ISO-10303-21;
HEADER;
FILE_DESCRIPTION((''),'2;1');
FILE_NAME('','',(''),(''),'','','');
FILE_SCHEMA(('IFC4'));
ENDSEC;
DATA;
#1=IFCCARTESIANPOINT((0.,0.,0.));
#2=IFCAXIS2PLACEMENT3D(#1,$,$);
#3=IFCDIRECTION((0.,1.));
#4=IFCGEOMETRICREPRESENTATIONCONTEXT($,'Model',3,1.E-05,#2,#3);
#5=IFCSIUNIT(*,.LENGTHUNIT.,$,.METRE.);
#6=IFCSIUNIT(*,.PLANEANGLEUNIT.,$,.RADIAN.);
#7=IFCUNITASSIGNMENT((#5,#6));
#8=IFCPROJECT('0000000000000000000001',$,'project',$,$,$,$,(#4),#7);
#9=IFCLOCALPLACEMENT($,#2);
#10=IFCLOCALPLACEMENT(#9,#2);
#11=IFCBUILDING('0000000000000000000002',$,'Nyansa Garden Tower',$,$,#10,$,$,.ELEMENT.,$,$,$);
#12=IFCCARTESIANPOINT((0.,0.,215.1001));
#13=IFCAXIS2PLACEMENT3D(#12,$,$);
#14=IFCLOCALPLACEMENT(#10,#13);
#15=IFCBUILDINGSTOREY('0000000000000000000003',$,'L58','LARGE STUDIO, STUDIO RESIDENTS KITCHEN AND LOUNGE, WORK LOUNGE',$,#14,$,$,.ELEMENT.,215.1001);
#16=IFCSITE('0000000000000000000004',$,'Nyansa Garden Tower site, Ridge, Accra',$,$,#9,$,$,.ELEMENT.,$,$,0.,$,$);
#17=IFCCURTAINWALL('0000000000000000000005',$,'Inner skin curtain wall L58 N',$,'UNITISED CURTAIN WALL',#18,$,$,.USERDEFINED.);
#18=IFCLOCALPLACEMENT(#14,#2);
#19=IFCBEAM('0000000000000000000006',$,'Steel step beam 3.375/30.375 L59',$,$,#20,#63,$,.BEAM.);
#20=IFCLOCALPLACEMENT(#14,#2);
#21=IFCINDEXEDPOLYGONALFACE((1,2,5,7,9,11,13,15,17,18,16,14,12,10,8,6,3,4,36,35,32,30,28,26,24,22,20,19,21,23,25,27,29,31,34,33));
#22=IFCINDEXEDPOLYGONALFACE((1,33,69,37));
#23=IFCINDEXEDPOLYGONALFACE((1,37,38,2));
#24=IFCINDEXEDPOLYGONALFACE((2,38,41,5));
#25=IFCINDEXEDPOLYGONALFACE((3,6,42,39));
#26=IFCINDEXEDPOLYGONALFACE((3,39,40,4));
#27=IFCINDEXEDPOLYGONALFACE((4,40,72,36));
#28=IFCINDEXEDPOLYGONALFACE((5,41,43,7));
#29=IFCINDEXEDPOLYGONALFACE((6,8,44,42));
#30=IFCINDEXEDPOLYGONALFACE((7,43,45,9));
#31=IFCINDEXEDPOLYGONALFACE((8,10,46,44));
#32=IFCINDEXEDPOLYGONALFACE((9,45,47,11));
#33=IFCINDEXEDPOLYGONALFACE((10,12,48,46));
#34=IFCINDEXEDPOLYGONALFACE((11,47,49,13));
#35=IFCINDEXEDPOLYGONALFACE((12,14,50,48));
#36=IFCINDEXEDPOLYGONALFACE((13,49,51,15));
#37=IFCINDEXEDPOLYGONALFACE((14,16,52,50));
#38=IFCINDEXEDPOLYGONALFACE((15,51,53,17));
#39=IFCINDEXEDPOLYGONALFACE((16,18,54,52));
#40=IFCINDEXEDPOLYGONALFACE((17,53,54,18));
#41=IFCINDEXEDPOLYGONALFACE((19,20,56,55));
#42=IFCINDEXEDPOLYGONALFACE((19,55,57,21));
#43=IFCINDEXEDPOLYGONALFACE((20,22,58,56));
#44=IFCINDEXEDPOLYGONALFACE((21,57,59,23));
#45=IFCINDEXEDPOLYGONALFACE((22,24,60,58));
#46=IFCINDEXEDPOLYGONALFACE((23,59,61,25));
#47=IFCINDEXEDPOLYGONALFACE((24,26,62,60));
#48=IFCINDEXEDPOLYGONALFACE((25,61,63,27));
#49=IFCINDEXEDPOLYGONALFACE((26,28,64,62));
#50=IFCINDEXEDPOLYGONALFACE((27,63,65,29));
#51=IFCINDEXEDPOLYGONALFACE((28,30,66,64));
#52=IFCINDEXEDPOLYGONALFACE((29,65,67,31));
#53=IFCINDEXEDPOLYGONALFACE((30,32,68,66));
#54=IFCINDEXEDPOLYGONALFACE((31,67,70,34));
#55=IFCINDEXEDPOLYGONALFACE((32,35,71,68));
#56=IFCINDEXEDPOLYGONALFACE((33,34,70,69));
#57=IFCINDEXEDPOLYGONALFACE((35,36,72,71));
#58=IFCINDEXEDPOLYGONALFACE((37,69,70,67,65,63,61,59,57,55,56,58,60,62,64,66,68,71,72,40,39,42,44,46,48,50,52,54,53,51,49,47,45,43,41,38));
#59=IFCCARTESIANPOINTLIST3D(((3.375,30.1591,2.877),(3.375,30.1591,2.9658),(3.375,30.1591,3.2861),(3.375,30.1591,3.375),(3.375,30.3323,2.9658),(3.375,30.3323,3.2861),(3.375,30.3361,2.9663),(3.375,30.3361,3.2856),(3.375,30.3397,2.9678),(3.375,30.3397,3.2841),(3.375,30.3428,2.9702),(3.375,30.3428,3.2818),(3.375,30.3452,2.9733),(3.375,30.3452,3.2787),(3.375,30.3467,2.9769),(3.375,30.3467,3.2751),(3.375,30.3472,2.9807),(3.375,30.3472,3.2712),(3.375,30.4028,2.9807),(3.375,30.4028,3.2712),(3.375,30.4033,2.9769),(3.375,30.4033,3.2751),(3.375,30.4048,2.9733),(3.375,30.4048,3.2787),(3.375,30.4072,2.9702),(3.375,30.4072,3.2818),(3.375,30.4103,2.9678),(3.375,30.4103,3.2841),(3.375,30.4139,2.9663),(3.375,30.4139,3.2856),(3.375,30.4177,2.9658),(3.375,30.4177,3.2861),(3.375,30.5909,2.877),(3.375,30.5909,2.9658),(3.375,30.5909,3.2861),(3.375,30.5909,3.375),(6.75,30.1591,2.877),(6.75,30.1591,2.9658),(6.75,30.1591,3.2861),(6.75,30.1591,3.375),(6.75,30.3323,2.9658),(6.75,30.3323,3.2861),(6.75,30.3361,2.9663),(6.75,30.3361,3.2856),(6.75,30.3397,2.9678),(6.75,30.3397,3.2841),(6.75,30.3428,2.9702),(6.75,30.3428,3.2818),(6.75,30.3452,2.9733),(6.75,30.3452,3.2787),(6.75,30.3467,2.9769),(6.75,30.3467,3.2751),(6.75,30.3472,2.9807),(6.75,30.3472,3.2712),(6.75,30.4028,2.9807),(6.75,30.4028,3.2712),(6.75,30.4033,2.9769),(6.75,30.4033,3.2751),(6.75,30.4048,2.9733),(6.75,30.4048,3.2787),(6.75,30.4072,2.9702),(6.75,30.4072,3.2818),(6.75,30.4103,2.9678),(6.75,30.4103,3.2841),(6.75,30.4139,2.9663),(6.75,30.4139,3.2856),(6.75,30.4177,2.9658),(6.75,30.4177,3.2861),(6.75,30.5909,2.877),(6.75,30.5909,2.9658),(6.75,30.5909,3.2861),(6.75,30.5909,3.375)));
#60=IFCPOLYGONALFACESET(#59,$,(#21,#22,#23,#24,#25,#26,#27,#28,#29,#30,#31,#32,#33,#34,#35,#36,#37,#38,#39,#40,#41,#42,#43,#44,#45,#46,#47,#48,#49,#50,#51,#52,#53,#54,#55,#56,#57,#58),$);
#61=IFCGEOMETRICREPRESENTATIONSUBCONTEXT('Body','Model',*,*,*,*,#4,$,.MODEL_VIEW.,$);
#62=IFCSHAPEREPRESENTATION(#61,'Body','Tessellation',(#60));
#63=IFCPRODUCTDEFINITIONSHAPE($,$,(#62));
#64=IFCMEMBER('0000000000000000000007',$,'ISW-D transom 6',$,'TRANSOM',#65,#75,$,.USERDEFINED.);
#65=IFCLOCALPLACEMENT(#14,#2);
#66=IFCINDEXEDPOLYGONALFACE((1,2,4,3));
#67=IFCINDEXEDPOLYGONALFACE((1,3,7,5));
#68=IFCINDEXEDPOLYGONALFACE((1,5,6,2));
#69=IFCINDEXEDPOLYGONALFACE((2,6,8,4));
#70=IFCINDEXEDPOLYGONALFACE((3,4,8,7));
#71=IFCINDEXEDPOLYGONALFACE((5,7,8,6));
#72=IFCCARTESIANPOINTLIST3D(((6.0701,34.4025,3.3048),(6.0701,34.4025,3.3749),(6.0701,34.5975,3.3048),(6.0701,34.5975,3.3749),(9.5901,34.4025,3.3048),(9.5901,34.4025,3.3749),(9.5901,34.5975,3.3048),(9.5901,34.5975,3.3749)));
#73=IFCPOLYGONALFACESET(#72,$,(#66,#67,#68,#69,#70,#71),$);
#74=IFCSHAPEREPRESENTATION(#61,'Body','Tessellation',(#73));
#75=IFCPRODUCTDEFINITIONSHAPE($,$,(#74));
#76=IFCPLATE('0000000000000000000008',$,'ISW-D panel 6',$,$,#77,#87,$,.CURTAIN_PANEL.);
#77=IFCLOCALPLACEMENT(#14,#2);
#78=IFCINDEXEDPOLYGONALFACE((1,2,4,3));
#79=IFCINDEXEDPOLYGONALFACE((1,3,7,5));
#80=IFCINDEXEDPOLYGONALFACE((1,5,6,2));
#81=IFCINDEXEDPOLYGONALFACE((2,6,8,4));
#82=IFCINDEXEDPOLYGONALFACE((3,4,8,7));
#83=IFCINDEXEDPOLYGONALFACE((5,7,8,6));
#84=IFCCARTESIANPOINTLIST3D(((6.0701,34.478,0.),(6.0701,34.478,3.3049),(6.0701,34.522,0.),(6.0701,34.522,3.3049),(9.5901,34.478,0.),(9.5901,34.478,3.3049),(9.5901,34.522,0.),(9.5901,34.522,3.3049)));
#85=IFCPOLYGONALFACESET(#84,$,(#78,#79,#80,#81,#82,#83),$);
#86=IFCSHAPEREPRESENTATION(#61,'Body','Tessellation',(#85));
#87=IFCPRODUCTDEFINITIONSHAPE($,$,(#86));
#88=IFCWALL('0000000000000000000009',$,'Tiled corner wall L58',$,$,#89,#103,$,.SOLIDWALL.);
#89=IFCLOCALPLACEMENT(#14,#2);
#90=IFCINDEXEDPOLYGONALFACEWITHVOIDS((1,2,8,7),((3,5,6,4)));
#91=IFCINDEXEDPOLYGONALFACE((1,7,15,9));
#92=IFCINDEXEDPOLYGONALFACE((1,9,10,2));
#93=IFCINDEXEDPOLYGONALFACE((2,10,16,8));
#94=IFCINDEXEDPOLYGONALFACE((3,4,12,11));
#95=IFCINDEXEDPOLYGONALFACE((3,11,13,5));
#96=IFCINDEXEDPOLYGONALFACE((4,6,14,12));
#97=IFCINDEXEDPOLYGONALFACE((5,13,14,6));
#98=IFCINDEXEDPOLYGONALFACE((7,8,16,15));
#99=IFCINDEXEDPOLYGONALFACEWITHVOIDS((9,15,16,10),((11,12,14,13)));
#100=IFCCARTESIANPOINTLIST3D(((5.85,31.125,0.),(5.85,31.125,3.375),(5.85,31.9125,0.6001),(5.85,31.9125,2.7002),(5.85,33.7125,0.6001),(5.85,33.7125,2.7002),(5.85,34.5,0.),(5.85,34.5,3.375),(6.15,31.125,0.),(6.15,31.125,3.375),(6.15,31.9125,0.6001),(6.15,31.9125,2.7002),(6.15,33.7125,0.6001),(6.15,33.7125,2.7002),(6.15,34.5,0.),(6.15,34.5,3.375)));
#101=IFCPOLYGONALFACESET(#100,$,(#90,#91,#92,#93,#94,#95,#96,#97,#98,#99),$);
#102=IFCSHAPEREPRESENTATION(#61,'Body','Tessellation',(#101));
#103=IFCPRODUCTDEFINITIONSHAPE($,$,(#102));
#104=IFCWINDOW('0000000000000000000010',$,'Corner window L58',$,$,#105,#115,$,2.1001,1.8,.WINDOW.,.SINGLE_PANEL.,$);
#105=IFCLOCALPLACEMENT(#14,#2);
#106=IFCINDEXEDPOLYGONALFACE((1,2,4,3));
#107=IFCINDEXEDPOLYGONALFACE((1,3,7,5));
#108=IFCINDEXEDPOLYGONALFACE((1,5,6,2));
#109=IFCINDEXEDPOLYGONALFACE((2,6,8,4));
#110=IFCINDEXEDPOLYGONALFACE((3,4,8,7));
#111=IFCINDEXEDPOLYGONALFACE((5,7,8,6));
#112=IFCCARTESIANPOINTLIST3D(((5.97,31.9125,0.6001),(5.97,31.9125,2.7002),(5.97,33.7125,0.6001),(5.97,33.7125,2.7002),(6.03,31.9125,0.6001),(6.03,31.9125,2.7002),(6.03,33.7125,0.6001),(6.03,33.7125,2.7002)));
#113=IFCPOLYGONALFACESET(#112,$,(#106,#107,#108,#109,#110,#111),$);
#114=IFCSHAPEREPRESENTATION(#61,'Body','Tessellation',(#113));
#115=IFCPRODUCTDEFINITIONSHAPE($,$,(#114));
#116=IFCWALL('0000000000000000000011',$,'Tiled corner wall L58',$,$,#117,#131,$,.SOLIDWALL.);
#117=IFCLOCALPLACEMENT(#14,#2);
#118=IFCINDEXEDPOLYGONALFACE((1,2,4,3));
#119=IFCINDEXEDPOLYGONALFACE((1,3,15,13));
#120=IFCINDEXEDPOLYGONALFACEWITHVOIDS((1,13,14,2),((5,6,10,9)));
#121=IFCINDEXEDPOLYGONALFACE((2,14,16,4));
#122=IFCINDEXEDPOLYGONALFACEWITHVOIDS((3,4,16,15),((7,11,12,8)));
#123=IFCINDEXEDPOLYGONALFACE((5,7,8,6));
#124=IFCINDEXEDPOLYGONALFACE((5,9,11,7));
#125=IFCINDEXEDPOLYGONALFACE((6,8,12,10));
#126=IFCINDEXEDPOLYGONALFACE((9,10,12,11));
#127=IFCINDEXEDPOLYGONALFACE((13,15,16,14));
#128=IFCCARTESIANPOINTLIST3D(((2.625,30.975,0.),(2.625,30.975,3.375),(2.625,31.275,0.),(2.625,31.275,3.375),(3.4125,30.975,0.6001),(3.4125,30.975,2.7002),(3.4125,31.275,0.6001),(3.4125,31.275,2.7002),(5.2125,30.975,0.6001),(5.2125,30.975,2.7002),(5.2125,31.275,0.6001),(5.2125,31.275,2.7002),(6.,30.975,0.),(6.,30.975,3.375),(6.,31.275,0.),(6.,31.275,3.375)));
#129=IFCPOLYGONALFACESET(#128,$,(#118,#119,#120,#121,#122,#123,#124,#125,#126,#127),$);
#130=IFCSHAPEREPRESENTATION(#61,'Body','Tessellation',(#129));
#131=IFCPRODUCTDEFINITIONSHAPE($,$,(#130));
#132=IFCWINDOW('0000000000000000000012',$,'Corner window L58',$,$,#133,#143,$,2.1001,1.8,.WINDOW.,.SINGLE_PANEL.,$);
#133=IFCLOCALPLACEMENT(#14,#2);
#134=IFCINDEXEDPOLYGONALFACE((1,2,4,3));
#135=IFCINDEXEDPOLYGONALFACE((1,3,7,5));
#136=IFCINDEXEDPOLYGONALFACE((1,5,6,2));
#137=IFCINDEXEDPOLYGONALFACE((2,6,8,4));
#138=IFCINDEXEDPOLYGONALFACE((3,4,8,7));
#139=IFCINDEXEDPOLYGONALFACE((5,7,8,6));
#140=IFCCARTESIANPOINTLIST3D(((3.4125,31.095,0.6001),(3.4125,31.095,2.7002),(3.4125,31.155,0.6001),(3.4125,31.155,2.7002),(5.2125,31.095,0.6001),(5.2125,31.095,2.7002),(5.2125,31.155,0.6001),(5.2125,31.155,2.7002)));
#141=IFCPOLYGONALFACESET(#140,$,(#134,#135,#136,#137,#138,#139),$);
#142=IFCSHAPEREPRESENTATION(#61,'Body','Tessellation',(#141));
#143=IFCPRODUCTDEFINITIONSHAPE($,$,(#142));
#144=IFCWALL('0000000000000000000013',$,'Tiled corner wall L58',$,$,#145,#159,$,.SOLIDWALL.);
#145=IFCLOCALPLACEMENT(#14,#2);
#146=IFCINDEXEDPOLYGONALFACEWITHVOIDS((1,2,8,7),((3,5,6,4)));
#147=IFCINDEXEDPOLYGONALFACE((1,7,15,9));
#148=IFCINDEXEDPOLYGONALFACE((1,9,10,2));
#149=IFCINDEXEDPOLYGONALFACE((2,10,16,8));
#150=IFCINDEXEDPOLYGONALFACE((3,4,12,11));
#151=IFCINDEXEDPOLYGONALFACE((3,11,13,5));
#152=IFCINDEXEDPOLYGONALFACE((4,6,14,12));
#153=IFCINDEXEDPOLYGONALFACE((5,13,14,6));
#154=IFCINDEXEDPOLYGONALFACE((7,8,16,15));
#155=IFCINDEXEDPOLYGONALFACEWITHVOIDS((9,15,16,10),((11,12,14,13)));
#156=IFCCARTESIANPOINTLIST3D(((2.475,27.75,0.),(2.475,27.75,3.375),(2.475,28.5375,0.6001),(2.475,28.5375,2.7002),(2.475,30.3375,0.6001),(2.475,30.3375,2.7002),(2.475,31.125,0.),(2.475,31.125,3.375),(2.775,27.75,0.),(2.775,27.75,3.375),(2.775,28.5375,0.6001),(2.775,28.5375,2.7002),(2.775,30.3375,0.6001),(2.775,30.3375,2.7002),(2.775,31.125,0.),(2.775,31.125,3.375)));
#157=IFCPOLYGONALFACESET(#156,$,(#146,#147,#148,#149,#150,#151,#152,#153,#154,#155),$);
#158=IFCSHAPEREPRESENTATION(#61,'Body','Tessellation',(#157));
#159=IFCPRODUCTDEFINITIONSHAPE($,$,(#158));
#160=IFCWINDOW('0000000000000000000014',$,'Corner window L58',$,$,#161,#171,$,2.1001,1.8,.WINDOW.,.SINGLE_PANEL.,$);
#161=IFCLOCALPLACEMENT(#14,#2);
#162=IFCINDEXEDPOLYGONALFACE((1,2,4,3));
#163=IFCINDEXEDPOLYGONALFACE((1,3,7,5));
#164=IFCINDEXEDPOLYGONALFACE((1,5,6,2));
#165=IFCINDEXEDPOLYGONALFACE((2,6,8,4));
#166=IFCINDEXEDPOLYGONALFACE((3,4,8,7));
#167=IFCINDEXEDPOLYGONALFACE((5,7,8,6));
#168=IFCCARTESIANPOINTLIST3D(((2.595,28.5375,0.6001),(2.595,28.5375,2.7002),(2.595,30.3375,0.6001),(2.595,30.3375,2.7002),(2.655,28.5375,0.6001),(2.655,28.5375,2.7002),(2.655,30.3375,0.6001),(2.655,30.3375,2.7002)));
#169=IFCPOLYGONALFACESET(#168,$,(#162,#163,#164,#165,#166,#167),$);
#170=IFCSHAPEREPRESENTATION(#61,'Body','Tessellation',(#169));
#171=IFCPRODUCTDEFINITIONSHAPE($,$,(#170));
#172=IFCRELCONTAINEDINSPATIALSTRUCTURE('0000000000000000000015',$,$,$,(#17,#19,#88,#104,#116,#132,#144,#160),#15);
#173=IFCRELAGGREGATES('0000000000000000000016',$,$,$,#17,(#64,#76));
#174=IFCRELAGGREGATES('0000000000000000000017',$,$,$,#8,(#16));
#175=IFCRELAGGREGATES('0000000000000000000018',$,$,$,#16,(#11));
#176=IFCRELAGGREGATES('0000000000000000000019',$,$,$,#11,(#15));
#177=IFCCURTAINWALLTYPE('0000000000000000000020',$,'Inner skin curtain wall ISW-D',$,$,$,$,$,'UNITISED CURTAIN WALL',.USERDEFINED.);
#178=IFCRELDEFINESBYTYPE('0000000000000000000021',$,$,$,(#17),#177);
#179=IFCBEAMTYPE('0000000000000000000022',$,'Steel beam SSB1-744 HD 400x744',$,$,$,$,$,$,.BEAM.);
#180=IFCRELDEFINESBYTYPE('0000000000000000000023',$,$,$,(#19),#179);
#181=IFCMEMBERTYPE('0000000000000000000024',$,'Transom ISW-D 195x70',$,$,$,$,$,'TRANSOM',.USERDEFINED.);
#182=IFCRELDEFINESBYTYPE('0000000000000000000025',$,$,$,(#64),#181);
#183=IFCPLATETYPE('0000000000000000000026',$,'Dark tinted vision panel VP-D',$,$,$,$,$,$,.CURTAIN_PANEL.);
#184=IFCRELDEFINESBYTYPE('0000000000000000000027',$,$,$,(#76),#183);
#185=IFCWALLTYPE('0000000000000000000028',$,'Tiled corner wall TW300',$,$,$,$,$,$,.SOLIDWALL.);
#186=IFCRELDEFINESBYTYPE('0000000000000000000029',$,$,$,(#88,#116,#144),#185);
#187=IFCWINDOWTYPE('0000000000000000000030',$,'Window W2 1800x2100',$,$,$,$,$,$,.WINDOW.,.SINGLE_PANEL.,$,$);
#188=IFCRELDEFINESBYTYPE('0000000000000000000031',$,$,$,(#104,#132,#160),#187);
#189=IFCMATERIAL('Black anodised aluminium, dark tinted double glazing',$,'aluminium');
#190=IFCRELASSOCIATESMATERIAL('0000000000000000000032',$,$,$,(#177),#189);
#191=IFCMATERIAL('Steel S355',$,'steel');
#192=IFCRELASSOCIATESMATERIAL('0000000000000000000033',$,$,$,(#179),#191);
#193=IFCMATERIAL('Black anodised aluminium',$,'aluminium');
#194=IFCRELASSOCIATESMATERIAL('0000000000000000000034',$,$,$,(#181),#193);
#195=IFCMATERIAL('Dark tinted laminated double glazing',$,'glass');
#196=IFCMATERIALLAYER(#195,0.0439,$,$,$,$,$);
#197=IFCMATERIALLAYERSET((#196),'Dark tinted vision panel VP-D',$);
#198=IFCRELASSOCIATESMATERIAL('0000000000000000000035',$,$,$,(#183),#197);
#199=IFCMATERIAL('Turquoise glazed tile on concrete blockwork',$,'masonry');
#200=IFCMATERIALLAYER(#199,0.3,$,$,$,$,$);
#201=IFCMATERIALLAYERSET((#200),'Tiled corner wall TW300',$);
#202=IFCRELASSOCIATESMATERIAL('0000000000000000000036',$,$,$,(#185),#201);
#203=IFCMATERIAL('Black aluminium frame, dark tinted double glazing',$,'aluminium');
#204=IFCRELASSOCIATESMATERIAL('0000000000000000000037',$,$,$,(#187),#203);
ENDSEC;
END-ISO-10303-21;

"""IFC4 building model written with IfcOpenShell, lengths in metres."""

from ifc_helpers import new_model, si_unit, direction, frame, frame_2d, origin, origin_2d, place, context, subcontext, project, spatial, rectangle, i_section, extrude, material, layer, layer_set, material_profile, profile_set, type_object, element, fill, aggregate, save


model = new_model("IFC4")

# Units and contexts
model_context = context("Model", 3, precision=1e-05, world=origin(), true_north=direction((0.0, 1.0)))
body_context = subcontext(model_context, "Body", "Model", "MODEL_VIEW")
ifc_project = project(units=[si_unit("LENGTHUNIT", "METRE"), si_unit("PLANEANGLEUNIT", "RADIAN")], contexts=[model_context])

# Site, building, storey
site_placement = place(None, origin())
site = spatial("IfcSite", under=ifc_project, at=site_placement, Name="Nyansa Garden Tower site, Ridge, Accra", CompositionType="ELEMENT", RefElevation=0.0)
building_placement = place(site_placement, origin())
building = spatial("IfcBuilding", under=site, at=building_placement, Name="Nyansa Garden Tower", CompositionType="ELEMENT")
storey_placement = place(building_placement, frame((0.0, 0.0, 215.1001)))
storey = spatial("IfcBuildingStorey", under=building, at=storey_placement, Name="L58", Description="LARGE STUDIO, STUDIO RESIDENTS KITCHEN AND LOUNGE, WORK LOUNGE", CompositionType="ELEMENT", Elevation=215.1001)

# Curtain wall
ifc_material_1 = material(Name="Black anodised aluminium, dark tinted double glazing", Category="aluminium")
curtain_wall_type = type_object("IfcCurtainWallType", Name="Inner skin curtain wall ISW-D", ElementType="UNITISED CURTAIN WALL", PredefinedType="USERDEFINED", material=ifc_material_1)
curtain_wall_placement = place(storey_placement, origin())
curtain_wall = element("IfcCurtainWall", 1, at=curtain_wall_placement, inside=storey, type_object=curtain_wall_type, Name="Inner skin curtain wall L58 N", ObjectType="UNITISED CURTAIN WALL", PredefinedType="USERDEFINED")

# Beam
ifc_material_2 = material(Name="Steel S355", Category="steel")
ifc_material_profile_1 = material_profile(ifc_material_2, i_section(OverallWidth=0.4319, OverallDepth=0.498, WebThickness=0.0557, FlangeThickness=0.0889, FilletRadius=0.0149, at=origin_2d()), Name="HD 400x744")
ifc_profile_set_1 = profile_set([ifc_material_profile_1], Name="Steel S355")
beam_type_1 = type_object("IfcBeamType", Name="Steel beam SSB1-744 HD 400x744", PredefinedType="BEAM", material=ifc_profile_set_1)
for number, where, z_axis, x_axis, name in (
    (2, (3.375, 30.375, 3.126), (1.0, 0.0, 0.0), (0.0, 1.0, 0.0), "Steel step beam 3.375/30.375 L59"),
):
    element("IfcBeam", number, at=place(storey_placement, frame(where, z_axis=z_axis, x_axis=x_axis)), inside=storey, type_object=beam_type_1, Name=name, PredefinedType="BEAM", context=body_context, shape_type="SweptSolid", body=[
        extrude(i_section(OverallWidth=0.4319, OverallDepth=0.498, WebThickness=0.0557, FlangeThickness=0.0889, FilletRadius=0.0149, at=origin_2d()), origin(), (0.0, 0.0, 1.0), 3.375),
    ])

# Member
ifc_material_3 = material(Name="Black anodised aluminium", Category="aluminium")
ifc_material_profile_2 = material_profile(ifc_material_3, rectangle(XDim=0.1951, YDim=0.0701, at=origin_2d()), Name="Transom 195x70")
ifc_profile_set_2 = profile_set([ifc_material_profile_2], Name="Black anodised aluminium")
member_type_1 = type_object("IfcMemberType", Name="Transom ISW-D 195x70", ElementType="TRANSOM", PredefinedType="USERDEFINED", material=ifc_profile_set_2)
member_1_placement = place(storey_placement, frame((9.5901, 34.5, 3.3398), z_axis=(-1.0, 0.0, 0.0), x_axis=(0.0, -1.0, 0.0)))
member_1 = element("IfcMember", 3, at=member_1_placement, type_object=member_type_1, Name="ISW-D transom 6", ObjectType="TRANSOM", PredefinedType="USERDEFINED", context=body_context, shape_type="SweptSolid", body=[
    extrude(rectangle(XDim=0.1951, YDim=0.0701, at=origin_2d()), origin(), (0.0, 0.0, 1.0), 3.52),
])

# Plate
ifc_material_4 = material(Name="Dark tinted laminated double glazing", Category="glass")
ifc_layer_1 = layer(ifc_material_4, 0.0439)
ifc_layer_set_1 = layer_set([ifc_layer_1], Name="Dark tinted vision panel VP-D")
plate_type = type_object("IfcPlateType", Name="Dark tinted vision panel VP-D", PredefinedType="CURTAIN_PANEL", material=ifc_layer_set_1)
plate_placement = place(storey_placement, frame((7.8301, 34.5, 0.0), z_axis=(0.0, 0.0, 1.0), x_axis=(-1.0, 0.0, 0.0)))
plate = element("IfcPlate", 4, at=plate_placement, type_object=plate_type, Name="ISW-D panel 6", PredefinedType="CURTAIN_PANEL", context=body_context, shape_type="SweptSolid", body=[
    extrude(rectangle(XDim=3.52, YDim=0.0439, at=origin_2d()), origin(), (0.0, 0.0, 1.0), 3.3049),
])
aggregate(curtain_wall, [member_1, plate])

# Walls, openings, windows
ifc_material_5 = material(Name="Turquoise glazed tile on concrete blockwork", Category="masonry")
ifc_layer_2 = layer(ifc_material_5, 0.3)
ifc_layer_set_2 = layer_set([ifc_layer_2], Name="Tiled corner wall TW300")
wall_type_1 = type_object("IfcWallType", Name="Tiled corner wall TW300", PredefinedType="SOLIDWALL", material=ifc_layer_set_2)
wall_1_placement = place(storey_placement, frame((6.0, 34.5, 0.0), z_axis=(0.0, 0.0, 1.0), x_axis=(0.0, -1.0, 0.0)))
wall_1 = element("IfcWall", 5, at=wall_1_placement, inside=storey, type_object=wall_type_1, Name="Tiled corner wall L58", PredefinedType="SOLIDWALL", context=body_context, shape_type="SweptSolid", body=[
    extrude(rectangle(XDim=3.375, YDim=0.3, at=frame_2d((1.6875, 0.0))), origin(), (0.0, 0.0, 1.0), 3.375),
])
opening_1_placement = place(wall_1_placement, frame((0.7876, 0.0, 0.6001)))
opening_1 = element("IfcOpeningElement", 6, at=opening_1_placement, cuts=wall_1, PredefinedType="OPENING", context=body_context, shape_type="SweptSolid", body=[
    extrude(rectangle(XDim=1.8, YDim=2.1001, at=frame_2d((0.8999, 1.05))), frame((0.0, 0.1599, 0.0), z_axis=(0.0, -1.0, 0.0), x_axis=(1.0, 0.0, 0.0)), (0.0, 0.0, 1.0), 0.3201),
])
ifc_material_6 = material(Name="Black aluminium frame, dark tinted double glazing", Category="aluminium")
window_type = type_object("IfcWindowType", Name="Window W2 1800x2100", PartitioningType="SINGLE_PANEL", PredefinedType="WINDOW", material=ifc_material_6)
window_1_placement = place(opening_1_placement, origin())
window_1 = element("IfcWindow", 7, at=window_1_placement, inside=storey, type_object=window_type, Name="Corner window L58", OverallHeight=2.1001, OverallWidth=1.8, PartitioningType="SINGLE_PANEL", PredefinedType="WINDOW", context=body_context, shape_type="SweptSolid", body=[
    extrude(rectangle(XDim=1.8, YDim=2.1001, at=frame_2d((0.8999, 1.05))), frame((0.0, 0.03, 0.0), z_axis=(0.0, -1.0, 0.0), x_axis=(1.0, 0.0, 0.0)), (0.0, 0.0, 1.0), 0.0601),
])
fill(opening_1, window_1)
wall_2_placement = place(storey_placement, frame((6.0, 31.125, 0.0), z_axis=(0.0, 0.0, 1.0), x_axis=(-1.0, 0.0, 0.0)))
wall_2 = element("IfcWall", 8, at=wall_2_placement, inside=storey, type_object=wall_type_1, Name="Tiled corner wall L58", PredefinedType="SOLIDWALL", context=body_context, shape_type="SweptSolid", body=[
    extrude(rectangle(XDim=3.375, YDim=0.3, at=frame_2d((1.6875, 0.0))), origin(), (0.0, 0.0, 1.0), 3.375),
])
opening_2_placement = place(wall_2_placement, frame((0.7876, 0.0, 0.6001)))
opening_2 = element("IfcOpeningElement", 9, at=opening_2_placement, cuts=wall_2, PredefinedType="OPENING", context=body_context, shape_type="SweptSolid", body=[
    extrude(rectangle(XDim=1.8, YDim=2.1001, at=frame_2d((0.8999, 1.05))), frame((0.0, 0.1599, 0.0), z_axis=(0.0, -1.0, 0.0), x_axis=(1.0, 0.0, 0.0)), (0.0, 0.0, 1.0), 0.3201),
])
window_2_placement = place(opening_2_placement, origin())
window_2 = element("IfcWindow", 10, at=window_2_placement, inside=storey, type_object=window_type, Name="Corner window L58", OverallHeight=2.1001, OverallWidth=1.8, PartitioningType="SINGLE_PANEL", PredefinedType="WINDOW", context=body_context, shape_type="SweptSolid", body=[
    extrude(rectangle(XDim=1.8, YDim=2.1001, at=frame_2d((0.8999, 1.05))), frame((0.0, 0.03, 0.0), z_axis=(0.0, -1.0, 0.0), x_axis=(1.0, 0.0, 0.0)), (0.0, 0.0, 1.0), 0.0601),
])
fill(opening_2, window_2)
wall_3_placement = place(storey_placement, frame((2.625, 31.125, 0.0), z_axis=(0.0, 0.0, 1.0), x_axis=(0.0, -1.0, 0.0)))
wall_3 = element("IfcWall", 11, at=wall_3_placement, inside=storey, type_object=wall_type_1, Name="Tiled corner wall L58", PredefinedType="SOLIDWALL", context=body_context, shape_type="SweptSolid", body=[
    extrude(rectangle(XDim=3.375, YDim=0.3, at=frame_2d((1.6875, 0.0))), origin(), (0.0, 0.0, 1.0), 3.375),
])
opening_3_placement = place(wall_3_placement, frame((0.7876, 0.0, 0.6001)))
opening_3 = element("IfcOpeningElement", 12, at=opening_3_placement, cuts=wall_3, PredefinedType="OPENING", context=body_context, shape_type="SweptSolid", body=[
    extrude(rectangle(XDim=1.8, YDim=2.1001, at=frame_2d((0.8999, 1.05))), frame((0.0, 0.1599, 0.0), z_axis=(0.0, -1.0, 0.0), x_axis=(1.0, 0.0, 0.0)), (0.0, 0.0, 1.0), 0.3201),
])
window_3_placement = place(opening_3_placement, origin())
window_3 = element("IfcWindow", 13, at=window_3_placement, inside=storey, type_object=window_type, Name="Corner window L58", OverallHeight=2.1001, OverallWidth=1.8, PartitioningType="SINGLE_PANEL", PredefinedType="WINDOW", context=body_context, shape_type="SweptSolid", body=[
    extrude(rectangle(XDim=1.8, YDim=2.1001, at=frame_2d((0.8999, 1.05))), frame((0.0, 0.03, 0.0), z_axis=(0.0, -1.0, 0.0), x_axis=(1.0, 0.0, 0.0)), (0.0, 0.0, 1.0), 0.0601),
])
fill(opening_3, window_3)

save(model, "model.ifc")
